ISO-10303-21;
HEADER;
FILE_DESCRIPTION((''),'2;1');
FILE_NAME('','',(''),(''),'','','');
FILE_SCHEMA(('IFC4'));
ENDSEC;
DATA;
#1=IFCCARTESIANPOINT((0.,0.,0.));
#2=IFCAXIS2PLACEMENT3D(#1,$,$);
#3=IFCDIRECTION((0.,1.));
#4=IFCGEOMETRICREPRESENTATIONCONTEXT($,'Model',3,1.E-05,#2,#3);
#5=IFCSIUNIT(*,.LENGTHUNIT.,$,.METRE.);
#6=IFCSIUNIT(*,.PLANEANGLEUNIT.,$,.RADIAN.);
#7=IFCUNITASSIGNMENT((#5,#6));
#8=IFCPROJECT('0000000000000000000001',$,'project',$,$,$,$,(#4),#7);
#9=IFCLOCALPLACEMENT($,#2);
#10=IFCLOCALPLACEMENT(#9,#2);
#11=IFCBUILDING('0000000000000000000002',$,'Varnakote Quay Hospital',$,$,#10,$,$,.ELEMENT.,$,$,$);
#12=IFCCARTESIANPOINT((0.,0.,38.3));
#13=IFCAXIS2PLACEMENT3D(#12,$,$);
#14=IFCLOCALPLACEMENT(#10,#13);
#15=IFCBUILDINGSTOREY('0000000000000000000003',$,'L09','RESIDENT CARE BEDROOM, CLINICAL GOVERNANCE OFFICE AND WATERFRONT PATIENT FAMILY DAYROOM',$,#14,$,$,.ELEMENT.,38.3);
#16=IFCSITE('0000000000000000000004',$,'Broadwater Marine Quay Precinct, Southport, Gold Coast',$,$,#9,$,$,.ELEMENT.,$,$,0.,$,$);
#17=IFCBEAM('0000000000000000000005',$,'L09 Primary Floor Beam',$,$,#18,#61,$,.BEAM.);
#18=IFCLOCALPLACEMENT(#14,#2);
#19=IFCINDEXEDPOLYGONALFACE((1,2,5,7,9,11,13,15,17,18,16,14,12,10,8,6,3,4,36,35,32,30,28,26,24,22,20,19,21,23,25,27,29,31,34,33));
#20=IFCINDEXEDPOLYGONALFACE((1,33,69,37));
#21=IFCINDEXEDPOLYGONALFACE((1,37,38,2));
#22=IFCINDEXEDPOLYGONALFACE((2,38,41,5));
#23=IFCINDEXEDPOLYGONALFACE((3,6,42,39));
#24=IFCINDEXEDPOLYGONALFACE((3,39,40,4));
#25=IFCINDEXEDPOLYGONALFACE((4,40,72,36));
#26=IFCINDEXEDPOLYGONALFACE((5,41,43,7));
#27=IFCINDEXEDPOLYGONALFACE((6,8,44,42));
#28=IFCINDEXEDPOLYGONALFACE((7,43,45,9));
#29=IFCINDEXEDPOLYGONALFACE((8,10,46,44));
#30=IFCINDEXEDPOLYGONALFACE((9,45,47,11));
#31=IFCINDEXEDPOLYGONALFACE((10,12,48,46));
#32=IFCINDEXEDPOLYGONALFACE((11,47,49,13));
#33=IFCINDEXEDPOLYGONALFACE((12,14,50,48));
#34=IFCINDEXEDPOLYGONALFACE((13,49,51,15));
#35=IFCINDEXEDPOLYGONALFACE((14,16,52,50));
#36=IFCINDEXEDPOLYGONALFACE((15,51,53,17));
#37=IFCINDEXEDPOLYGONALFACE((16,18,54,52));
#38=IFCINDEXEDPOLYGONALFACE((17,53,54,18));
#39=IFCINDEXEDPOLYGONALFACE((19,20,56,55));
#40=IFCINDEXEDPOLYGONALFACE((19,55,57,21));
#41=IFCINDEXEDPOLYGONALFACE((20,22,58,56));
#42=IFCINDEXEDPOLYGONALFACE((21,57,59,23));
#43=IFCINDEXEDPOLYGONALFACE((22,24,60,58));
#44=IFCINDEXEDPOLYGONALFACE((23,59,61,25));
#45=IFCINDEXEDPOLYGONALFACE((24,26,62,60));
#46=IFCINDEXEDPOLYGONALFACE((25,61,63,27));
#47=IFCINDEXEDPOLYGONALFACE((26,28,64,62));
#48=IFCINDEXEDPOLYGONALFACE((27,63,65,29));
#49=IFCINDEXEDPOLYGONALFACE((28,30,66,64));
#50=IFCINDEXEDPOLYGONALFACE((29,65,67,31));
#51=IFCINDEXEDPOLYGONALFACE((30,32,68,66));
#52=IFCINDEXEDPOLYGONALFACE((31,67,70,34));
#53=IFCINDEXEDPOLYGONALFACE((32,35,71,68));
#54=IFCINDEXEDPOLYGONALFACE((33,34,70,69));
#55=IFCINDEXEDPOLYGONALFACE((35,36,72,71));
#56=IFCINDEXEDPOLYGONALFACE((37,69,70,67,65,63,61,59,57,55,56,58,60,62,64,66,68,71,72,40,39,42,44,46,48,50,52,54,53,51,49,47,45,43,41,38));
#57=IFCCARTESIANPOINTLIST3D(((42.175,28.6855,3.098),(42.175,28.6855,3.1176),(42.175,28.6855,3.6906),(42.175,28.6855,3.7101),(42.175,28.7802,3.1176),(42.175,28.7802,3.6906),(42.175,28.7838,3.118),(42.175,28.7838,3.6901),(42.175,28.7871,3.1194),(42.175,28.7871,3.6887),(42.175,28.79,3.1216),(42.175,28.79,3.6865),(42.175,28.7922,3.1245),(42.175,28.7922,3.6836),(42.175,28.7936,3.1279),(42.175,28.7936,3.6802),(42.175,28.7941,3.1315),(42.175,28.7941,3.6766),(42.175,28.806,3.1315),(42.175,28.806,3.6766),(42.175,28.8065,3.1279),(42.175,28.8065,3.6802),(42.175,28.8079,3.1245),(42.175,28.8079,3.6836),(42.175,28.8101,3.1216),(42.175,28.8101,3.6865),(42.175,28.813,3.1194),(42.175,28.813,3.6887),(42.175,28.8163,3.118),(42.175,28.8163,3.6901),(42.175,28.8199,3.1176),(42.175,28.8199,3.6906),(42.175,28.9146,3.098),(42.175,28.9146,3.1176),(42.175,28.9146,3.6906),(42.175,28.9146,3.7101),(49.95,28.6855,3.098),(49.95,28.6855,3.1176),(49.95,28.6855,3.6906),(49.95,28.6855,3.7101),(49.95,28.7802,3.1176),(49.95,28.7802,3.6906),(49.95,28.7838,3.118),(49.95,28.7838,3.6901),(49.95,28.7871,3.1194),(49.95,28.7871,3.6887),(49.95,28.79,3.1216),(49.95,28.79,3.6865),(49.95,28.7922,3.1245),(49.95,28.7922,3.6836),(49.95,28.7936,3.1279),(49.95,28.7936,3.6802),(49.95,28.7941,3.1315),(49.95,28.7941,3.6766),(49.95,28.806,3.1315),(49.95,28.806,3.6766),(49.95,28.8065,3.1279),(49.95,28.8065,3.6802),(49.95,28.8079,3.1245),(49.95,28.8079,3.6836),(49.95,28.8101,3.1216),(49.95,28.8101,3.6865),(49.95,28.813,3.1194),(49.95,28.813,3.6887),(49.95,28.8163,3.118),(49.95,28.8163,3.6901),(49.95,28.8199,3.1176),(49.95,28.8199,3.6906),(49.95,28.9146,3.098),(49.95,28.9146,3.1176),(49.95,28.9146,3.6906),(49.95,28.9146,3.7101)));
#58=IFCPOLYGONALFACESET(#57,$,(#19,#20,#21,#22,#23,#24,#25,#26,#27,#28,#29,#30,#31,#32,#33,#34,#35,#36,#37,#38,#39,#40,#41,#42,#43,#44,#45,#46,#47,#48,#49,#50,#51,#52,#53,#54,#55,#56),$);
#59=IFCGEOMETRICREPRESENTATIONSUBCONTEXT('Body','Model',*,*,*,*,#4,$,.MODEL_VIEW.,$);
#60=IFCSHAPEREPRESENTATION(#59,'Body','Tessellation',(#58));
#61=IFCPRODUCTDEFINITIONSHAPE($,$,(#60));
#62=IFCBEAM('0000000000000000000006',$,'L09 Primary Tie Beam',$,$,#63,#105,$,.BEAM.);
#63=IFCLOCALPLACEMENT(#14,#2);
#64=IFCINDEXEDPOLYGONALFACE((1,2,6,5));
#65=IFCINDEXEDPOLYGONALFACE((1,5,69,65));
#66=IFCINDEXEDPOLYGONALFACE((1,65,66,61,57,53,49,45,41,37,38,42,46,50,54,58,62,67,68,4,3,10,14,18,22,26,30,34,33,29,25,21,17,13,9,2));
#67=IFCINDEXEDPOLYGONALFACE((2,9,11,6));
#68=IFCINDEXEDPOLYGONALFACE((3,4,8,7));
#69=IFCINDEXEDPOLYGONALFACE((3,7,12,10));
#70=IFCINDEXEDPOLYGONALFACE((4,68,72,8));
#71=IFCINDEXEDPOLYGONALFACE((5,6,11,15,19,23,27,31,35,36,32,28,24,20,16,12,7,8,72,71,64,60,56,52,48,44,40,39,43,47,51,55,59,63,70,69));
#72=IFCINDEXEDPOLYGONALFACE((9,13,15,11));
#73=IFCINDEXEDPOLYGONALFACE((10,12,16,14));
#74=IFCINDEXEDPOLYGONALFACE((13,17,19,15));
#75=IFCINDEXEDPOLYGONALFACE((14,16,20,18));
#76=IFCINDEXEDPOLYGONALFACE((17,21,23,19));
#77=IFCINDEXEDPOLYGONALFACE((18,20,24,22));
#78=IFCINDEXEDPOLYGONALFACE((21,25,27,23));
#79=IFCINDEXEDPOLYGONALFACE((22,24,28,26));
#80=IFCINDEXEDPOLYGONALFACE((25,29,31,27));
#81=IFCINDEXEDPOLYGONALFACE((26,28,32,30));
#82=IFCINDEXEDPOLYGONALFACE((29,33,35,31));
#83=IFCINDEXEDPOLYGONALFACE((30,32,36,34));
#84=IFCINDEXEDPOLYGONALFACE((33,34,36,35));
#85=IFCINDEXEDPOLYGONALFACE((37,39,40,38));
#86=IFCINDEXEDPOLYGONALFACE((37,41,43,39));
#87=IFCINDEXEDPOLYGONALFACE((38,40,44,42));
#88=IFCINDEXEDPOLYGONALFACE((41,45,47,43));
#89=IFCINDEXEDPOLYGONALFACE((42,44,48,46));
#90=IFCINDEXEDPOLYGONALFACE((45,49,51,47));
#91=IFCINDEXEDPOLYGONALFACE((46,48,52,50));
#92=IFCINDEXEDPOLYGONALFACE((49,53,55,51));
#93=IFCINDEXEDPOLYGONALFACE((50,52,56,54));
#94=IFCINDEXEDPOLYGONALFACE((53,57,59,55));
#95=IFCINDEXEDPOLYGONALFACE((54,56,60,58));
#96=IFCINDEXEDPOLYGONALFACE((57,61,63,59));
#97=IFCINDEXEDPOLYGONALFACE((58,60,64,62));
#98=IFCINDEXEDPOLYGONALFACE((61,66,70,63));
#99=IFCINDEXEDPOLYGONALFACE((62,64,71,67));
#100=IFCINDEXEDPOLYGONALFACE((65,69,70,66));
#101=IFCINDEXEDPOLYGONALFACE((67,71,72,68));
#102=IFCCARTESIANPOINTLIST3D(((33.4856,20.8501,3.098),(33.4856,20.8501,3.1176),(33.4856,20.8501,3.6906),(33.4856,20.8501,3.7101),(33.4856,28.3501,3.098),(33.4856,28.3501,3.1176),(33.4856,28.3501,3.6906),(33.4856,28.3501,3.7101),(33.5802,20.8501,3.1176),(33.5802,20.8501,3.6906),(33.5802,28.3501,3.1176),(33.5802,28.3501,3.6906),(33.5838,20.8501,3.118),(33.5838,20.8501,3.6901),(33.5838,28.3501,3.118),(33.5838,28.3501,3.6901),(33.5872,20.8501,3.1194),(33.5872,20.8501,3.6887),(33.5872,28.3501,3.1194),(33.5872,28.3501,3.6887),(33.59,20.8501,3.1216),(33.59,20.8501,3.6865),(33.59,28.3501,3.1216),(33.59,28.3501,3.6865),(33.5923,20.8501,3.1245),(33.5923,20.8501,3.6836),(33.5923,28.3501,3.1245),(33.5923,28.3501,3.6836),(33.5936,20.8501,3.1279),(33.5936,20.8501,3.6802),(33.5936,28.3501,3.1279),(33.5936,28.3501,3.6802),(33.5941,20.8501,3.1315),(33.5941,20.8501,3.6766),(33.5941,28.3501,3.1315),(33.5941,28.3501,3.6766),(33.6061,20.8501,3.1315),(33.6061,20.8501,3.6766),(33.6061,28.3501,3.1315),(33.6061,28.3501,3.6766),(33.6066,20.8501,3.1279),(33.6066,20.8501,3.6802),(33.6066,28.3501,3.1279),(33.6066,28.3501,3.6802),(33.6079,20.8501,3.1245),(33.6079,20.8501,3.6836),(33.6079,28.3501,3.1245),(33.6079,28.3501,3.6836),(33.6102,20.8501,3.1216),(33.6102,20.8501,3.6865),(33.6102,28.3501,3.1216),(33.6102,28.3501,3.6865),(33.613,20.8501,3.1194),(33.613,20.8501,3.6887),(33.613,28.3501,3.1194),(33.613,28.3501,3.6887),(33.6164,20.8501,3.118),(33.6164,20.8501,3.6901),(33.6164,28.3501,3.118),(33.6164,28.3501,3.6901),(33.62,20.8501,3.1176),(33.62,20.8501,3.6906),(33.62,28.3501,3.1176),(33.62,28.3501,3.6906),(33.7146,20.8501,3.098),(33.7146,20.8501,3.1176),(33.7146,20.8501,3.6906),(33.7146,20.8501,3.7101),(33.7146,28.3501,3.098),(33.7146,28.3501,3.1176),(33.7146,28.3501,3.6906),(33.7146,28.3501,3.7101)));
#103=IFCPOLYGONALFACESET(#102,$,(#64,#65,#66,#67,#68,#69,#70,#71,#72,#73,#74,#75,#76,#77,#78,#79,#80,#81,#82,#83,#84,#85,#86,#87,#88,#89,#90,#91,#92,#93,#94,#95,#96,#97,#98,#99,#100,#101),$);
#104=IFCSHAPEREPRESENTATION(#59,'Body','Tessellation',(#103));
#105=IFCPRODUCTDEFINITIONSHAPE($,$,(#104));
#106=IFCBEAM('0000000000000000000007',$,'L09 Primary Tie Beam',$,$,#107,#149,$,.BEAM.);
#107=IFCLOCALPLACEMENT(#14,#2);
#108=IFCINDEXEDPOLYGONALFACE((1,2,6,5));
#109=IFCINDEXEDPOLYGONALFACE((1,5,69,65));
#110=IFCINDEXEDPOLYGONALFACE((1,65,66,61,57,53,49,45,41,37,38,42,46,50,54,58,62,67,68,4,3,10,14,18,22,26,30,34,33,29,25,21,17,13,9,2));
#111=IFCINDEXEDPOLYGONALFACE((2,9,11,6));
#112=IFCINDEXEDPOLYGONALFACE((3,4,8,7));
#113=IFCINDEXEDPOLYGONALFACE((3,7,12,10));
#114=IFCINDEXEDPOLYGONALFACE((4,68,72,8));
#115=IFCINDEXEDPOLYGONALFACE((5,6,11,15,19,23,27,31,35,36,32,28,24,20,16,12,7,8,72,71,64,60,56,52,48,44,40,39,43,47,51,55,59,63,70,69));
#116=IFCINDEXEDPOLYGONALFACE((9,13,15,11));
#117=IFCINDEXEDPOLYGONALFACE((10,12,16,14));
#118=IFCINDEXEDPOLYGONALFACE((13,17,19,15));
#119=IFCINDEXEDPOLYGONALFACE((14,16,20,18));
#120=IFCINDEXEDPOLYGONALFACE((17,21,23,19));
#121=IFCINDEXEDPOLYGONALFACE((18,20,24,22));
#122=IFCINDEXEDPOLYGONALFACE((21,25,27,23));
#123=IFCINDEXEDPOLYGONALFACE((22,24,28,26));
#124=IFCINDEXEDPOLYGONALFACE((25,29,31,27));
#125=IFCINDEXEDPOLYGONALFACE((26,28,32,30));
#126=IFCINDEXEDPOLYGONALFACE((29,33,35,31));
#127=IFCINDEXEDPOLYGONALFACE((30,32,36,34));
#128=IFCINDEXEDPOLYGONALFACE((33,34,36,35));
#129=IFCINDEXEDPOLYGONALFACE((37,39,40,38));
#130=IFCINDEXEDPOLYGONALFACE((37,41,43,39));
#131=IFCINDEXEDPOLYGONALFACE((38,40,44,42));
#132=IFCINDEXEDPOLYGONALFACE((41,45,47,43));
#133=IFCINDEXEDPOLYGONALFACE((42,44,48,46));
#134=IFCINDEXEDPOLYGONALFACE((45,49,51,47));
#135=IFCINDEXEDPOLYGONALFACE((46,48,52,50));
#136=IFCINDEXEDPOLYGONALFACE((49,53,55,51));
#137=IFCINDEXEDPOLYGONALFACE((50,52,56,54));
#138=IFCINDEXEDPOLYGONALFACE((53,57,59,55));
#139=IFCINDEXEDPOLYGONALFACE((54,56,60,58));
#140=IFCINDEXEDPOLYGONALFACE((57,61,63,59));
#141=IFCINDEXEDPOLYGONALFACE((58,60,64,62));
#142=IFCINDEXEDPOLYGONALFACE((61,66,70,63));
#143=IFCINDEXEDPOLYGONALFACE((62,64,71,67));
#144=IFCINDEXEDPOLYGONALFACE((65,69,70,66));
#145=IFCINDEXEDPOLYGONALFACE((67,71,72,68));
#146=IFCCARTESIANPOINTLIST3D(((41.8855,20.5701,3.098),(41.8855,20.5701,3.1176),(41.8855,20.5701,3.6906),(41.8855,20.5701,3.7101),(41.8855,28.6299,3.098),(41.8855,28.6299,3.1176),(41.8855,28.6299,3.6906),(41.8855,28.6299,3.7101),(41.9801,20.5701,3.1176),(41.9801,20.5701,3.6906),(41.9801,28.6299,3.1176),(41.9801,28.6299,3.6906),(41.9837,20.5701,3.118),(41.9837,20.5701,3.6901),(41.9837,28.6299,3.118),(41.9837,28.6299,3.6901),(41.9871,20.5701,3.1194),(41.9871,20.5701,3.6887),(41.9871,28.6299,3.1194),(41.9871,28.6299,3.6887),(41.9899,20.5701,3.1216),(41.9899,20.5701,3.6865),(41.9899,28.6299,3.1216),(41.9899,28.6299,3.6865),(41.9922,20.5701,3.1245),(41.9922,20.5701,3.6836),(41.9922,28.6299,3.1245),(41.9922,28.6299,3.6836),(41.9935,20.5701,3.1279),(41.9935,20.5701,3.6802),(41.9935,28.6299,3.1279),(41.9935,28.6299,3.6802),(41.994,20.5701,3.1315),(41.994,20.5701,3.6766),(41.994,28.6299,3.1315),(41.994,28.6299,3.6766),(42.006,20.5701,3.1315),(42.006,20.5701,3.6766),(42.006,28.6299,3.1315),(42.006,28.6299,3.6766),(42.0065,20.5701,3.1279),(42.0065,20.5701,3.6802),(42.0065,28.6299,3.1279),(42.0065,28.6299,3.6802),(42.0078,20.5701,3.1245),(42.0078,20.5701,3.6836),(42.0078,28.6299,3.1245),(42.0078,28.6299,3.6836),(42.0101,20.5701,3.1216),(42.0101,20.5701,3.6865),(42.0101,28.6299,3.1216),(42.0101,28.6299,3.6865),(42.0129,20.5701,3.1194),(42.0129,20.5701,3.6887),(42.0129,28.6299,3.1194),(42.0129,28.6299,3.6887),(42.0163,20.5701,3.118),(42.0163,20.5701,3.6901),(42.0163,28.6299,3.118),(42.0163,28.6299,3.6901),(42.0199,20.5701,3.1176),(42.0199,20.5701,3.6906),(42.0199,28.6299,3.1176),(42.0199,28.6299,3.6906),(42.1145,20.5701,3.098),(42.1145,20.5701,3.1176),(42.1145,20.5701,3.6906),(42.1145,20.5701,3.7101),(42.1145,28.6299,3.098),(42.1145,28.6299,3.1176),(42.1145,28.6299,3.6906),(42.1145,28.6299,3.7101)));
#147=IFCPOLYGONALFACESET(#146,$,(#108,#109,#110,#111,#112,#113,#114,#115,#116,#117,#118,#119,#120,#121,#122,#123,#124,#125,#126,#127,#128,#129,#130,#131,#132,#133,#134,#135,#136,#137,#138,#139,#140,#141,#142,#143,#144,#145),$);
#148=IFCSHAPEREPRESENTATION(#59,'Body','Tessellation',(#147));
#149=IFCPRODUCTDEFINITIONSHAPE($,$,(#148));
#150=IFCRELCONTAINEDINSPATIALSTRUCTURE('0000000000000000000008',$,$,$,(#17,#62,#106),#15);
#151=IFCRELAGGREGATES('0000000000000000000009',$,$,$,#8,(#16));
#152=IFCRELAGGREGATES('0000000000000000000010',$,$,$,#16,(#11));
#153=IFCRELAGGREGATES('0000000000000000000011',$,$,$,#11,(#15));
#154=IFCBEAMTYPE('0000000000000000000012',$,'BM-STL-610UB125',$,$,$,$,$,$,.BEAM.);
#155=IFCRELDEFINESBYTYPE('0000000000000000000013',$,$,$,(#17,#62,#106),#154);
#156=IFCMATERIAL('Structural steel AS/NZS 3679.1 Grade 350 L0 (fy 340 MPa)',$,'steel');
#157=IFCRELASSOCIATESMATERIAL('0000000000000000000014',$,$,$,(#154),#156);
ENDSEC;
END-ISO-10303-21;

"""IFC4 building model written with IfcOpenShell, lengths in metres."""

from ifc_helpers import new_model, si_unit, direction, frame, origin, origin_2d, place, context, subcontext, project, spatial, i_section, extrude, material, material_profile, profile_set, type_object, element, save


model = new_model("IFC4")

# Units and contexts
model_context = context("Model", 3, precision=1e-05, world=origin(), true_north=direction((0.0, 1.0)))
body_context = subcontext(model_context, "Body", "Model", "MODEL_VIEW")
ifc_project = project(units=[si_unit("LENGTHUNIT", "METRE"), si_unit("PLANEANGLEUNIT", "RADIAN")], contexts=[model_context])

# Site, building, storey
site_placement = place(None, origin())
site = spatial("IfcSite", under=ifc_project, at=site_placement, Name="Broadwater Marine Quay Precinct, Southport, Gold Coast", CompositionType="ELEMENT", RefElevation=0.0)
building_placement = place(site_placement, origin())
building = spatial("IfcBuilding", under=site, at=building_placement, Name="Varnakote Quay Hospital", CompositionType="ELEMENT")
storey_placement = place(building_placement, frame((0.0, 0.0, 38.3)))
storey = spatial("IfcBuildingStorey", under=building, at=storey_placement, Name="L09", Description="RESIDENT CARE BEDROOM, CLINICAL GOVERNANCE OFFICE AND WATERFRONT PATIENT FAMILY DAYROOM", CompositionType="ELEMENT", Elevation=38.3)

# Beams
ifc_material_1 = material(Name="Structural steel AS/NZS 3679.1 Grade 350 L0 (fy 340 MPa)", Category="steel")
ifc_material_profile_1 = material_profile(ifc_material_1, i_section(OverallWidth=0.229, OverallDepth=0.6121, WebThickness=0.012, FlangeThickness=0.0195, FilletRadius=0.0139, at=origin_2d()), Name="610UB125")
ifc_profile_set_1 = profile_set([ifc_material_profile_1], Name="Structural steel AS/NZS 3679.1 Grade 350 L0 (fy 340 MPa)")
beam_type_1 = type_object("IfcBeamType", Name="BM-STL-610UB125", PredefinedType="BEAM", material=ifc_profile_set_1)
for number, where, z_axis, x_axis, name in (
    (1, (42.175, 28.8, 3.4041), (1.0, 0.0, 0.0), (0.0, 1.0, 0.0), "L09 Primary Floor Beam"),
):
    element("IfcBeam", number, at=place(storey_placement, frame(where, z_axis=z_axis, x_axis=x_axis)), inside=storey, type_object=beam_type_1, Name=name, PredefinedType="BEAM", context=body_context, shape_type="SweptSolid", body=[
        extrude(i_section(OverallWidth=0.229, OverallDepth=0.6121, WebThickness=0.012, FlangeThickness=0.0195, FilletRadius=0.0139, at=origin_2d()), origin(), (0.0, 0.0, 1.0), 7.7749),
    ])
beam_1_placement = place(storey_placement, frame((33.6001, 20.8501, 3.4041), z_axis=(0.0, 1.0, 0.0), x_axis=(-1.0, 0.0, 0.0)))
element("IfcBeam", 2, at=beam_1_placement, inside=storey, type_object=beam_type_1, Name="L09 Primary Tie Beam", PredefinedType="BEAM", context=body_context, shape_type="SweptSolid", body=[
    extrude(i_section(OverallWidth=0.229, OverallDepth=0.6121, WebThickness=0.012, FlangeThickness=0.0195, FilletRadius=0.0139, at=origin_2d()), origin(), (0.0, 0.0, 1.0), 7.5),
])
beam_2_placement = place(storey_placement, frame((42.0, 20.5701, 3.4041), z_axis=(0.0, 1.0, 0.0), x_axis=(-1.0, 0.0, 0.0)))
element("IfcBeam", 3, at=beam_2_placement, inside=storey, type_object=beam_type_1, Name="L09 Primary Tie Beam", PredefinedType="BEAM", context=body_context, shape_type="SweptSolid", body=[
    extrude(i_section(OverallWidth=0.229, OverallDepth=0.6121, WebThickness=0.012, FlangeThickness=0.0195, FilletRadius=0.0139, at=origin_2d()), origin(), (0.0, 0.0, 1.0), 8.0598),
])

save(model, "model.ifc")
